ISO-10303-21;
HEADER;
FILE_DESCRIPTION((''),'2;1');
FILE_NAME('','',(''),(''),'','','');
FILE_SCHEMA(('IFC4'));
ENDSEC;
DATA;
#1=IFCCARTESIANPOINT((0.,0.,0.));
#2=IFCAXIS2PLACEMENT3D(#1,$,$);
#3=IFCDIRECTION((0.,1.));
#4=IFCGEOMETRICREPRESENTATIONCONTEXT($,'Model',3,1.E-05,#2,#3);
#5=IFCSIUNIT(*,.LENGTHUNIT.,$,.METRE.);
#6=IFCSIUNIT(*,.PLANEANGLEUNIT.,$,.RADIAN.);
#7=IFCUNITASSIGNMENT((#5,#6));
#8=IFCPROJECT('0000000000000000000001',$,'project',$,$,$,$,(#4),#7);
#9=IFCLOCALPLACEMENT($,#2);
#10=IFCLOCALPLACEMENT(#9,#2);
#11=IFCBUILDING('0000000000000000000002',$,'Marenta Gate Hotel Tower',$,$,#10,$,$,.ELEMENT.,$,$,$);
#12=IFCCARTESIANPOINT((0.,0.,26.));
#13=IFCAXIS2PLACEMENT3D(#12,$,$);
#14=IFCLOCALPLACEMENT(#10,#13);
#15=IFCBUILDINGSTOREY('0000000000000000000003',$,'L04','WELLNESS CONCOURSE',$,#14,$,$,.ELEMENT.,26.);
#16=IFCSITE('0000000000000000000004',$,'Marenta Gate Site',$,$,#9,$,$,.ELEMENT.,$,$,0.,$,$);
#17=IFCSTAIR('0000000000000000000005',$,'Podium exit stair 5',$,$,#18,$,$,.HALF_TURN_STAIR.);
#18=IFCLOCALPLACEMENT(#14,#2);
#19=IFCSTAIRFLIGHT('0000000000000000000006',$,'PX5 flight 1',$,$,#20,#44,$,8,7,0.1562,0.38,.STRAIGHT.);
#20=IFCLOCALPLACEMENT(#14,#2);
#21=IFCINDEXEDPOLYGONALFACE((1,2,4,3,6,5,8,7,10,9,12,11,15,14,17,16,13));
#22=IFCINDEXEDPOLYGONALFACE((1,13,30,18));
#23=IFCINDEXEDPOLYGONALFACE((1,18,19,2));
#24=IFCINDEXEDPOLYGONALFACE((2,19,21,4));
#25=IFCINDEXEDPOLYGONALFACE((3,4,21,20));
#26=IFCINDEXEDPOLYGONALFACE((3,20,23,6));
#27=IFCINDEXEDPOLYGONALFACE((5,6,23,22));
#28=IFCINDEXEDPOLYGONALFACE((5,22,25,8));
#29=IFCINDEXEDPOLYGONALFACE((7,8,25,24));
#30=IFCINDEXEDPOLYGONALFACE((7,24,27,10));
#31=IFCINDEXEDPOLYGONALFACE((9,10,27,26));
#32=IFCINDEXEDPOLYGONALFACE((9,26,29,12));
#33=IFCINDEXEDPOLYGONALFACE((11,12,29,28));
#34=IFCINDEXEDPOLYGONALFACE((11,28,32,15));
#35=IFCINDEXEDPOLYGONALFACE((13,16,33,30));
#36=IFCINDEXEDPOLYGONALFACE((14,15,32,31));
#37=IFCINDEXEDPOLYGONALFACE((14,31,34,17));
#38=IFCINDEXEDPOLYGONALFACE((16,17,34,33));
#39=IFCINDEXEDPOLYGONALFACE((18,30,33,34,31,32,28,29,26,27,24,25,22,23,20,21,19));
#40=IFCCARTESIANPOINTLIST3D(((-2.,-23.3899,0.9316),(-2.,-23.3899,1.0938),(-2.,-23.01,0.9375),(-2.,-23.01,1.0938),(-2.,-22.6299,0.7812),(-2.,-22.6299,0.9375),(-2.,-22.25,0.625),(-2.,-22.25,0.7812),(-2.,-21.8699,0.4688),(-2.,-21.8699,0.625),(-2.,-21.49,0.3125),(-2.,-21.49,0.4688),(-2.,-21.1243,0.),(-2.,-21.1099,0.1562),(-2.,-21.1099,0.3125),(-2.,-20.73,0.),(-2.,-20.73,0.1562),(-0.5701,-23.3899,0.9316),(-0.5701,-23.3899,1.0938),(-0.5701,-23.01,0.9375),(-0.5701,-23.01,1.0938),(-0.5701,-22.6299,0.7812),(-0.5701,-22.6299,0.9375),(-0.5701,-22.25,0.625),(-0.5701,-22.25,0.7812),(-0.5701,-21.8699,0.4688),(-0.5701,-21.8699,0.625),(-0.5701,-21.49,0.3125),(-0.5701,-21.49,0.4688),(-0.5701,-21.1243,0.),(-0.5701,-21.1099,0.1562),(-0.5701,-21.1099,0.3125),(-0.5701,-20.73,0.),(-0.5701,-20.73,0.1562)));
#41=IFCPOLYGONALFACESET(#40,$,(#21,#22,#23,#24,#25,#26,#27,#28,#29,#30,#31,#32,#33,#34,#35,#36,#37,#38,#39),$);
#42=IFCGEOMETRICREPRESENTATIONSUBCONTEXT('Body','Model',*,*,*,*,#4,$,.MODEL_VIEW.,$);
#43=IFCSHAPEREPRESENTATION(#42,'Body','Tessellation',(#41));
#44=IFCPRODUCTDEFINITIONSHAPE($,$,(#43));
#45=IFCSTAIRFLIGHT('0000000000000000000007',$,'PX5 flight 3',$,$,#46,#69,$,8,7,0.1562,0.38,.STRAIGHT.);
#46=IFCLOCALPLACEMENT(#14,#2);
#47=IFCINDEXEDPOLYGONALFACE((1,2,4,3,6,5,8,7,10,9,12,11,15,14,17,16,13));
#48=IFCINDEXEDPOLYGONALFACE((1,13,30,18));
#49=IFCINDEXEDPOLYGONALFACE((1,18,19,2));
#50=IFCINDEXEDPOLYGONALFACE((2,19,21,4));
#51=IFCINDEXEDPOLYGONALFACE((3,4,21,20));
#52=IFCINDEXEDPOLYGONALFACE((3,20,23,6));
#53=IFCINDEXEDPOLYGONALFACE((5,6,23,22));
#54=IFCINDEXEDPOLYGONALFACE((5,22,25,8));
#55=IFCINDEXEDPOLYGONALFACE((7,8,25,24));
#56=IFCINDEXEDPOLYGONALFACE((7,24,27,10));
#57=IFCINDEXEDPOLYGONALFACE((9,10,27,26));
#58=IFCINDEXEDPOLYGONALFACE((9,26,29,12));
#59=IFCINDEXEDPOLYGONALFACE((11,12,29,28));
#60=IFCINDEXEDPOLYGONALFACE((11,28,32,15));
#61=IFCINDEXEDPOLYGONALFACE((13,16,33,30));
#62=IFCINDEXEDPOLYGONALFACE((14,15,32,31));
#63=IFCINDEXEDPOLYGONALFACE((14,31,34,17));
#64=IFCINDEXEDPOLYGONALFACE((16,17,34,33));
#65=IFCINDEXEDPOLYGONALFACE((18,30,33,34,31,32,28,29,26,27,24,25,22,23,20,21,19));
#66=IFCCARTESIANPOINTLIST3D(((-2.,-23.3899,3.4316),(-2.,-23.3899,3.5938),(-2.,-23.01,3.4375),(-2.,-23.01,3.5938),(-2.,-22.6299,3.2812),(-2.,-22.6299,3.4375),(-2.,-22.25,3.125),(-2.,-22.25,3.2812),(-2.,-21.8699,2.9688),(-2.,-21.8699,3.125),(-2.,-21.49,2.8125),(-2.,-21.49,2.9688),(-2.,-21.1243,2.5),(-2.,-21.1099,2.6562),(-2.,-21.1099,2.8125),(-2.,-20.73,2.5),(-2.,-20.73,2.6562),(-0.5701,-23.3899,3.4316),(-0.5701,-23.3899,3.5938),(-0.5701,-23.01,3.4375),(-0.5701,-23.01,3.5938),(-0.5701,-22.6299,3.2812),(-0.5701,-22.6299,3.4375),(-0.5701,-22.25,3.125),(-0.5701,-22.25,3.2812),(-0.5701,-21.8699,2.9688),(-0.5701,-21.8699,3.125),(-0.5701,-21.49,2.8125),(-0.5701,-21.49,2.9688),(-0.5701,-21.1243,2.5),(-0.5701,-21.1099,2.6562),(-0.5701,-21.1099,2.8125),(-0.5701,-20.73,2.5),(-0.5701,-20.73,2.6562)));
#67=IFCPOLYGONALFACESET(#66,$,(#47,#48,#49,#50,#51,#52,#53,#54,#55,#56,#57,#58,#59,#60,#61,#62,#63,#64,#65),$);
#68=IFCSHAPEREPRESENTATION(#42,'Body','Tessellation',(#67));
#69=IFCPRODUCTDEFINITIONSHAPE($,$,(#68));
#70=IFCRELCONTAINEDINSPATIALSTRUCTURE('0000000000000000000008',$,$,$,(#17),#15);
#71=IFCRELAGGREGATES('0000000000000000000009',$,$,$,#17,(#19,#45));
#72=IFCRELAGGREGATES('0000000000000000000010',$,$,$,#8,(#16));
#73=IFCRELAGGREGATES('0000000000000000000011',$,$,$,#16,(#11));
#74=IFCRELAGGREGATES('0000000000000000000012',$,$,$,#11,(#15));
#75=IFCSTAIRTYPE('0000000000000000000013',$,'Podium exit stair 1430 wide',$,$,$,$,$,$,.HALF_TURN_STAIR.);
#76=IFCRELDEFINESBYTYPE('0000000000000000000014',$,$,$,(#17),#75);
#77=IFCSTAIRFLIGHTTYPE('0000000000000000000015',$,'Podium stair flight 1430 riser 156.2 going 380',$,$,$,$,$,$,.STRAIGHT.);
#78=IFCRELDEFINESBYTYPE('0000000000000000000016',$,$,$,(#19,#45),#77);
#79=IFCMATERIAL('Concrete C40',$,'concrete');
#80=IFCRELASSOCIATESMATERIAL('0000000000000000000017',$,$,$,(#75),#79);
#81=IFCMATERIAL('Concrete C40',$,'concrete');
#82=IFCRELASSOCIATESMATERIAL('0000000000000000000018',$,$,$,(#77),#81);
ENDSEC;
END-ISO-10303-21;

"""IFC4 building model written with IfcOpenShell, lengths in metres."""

from ifc_helpers import new_model, si_unit, direction, frame, origin, place, context, subcontext, project, spatial, polyline, outline, extrude, material, type_object, element, aggregate, save


model = new_model("IFC4")

# Units and contexts
model_context = context("Model", 3, precision=1e-05, world=origin(), true_north=direction((0.0, 1.0)))
body_context = subcontext(model_context, "Body", "Model", "MODEL_VIEW")
ifc_project = project(units=[si_unit("LENGTHUNIT", "METRE"), si_unit("PLANEANGLEUNIT", "RADIAN")], contexts=[model_context])

# Site, building, storey
site_placement = place(None, origin())
site = spatial("IfcSite", under=ifc_project, at=site_placement, Name="Marenta Gate Site", CompositionType="ELEMENT", RefElevation=0.0)
building_placement = place(site_placement, origin())
building = spatial("IfcBuilding", under=site, at=building_placement, Name="Marenta Gate Hotel Tower", CompositionType="ELEMENT")
storey_placement = place(building_placement, frame((0.0, 0.0, 26.0)))
storey = spatial("IfcBuildingStorey", under=building, at=storey_placement, Name="L04", Description="WELLNESS CONCOURSE", CompositionType="ELEMENT", Elevation=26.0)

# Stair, stair flights
ifc_material_1 = material(Name="Concrete C40", Category="concrete")
stair_type = type_object("IfcStairType", Name="Podium exit stair 1430 wide", PredefinedType="HALF_TURN_STAIR", material=ifc_material_1)
stair_placement = place(storey_placement, origin())
stair = element("IfcStair", 1, at=stair_placement, inside=storey, type_object=stair_type, Name="Podium exit stair 5", PredefinedType="HALF_TURN_STAIR")
ifc_material_2 = material(Name="Concrete C40", Category="concrete")
stair_flight_type = type_object("IfcStairFlightType", Name="Podium stair flight 1430 riser 156.2 going 380", PredefinedType="STRAIGHT", material=ifc_material_2)
stair_flight_1_placement = place(storey_placement, frame((-1.2849, -20.73, 0.0), z_axis=(0.0, 0.0, 1.0), x_axis=(0.0, -1.0, 0.0)))
stair_flight_1 = element("IfcStairFlight", 2, at=stair_flight_1_placement, type_object=stair_flight_type, Name="PX5 flight 1", NumberOfRisers=8, NumberOfTreads=7, PredefinedType="STRAIGHT", RiserHeight=0.1562, TreadLength=0.38, context=body_context, shape_type="SweptSolid", body=[
    extrude(outline(polyline([(0.0, 0.0), (0.0, 0.1562), (0.3799, 0.1562), (0.3799, 0.3125), (0.76, 0.3125), (0.76, 0.4688), (1.1399, 0.4688), (1.1399, 0.625), (1.52, 0.625), (1.52, 0.7812), (1.8999, 0.7812), (1.8999, 0.9375), (2.28, 0.9375), (2.28, 1.0938), (2.6599, 1.0938), (2.6599, 1.25), (2.6599, 0.9316), (0.3943, 0.0), (0.0, 0.0)])), frame((0.0, 0.7148, 0.0), z_axis=(0.0, -1.0, 0.0), x_axis=(1.0, 0.0, 0.0)), (0.0, 0.0, 1.0), 1.4299),
])
stair_flight_2_placement = place(storey_placement, frame((-1.2849, -20.73, 2.5), z_axis=(0.0, 0.0, 1.0), x_axis=(0.0, -1.0, 0.0)))
stair_flight_2 = element("IfcStairFlight", 3, at=stair_flight_2_placement, type_object=stair_flight_type, Name="PX5 flight 3", NumberOfRisers=8, NumberOfTreads=7, PredefinedType="STRAIGHT", RiserHeight=0.1562, TreadLength=0.38, context=body_context, shape_type="SweptSolid", body=[
    extrude(outline(polyline([(0.0, 0.0), (0.0, 0.1562), (0.3799, 0.1562), (0.3799, 0.3125), (0.76, 0.3125), (0.76, 0.4688), (1.1399, 0.4688), (1.1399, 0.625), (1.52, 0.625), (1.52, 0.7812), (1.8999, 0.7812), (1.8999, 0.9375), (2.28, 0.9375), (2.28, 1.0938), (2.6599, 1.0938), (2.6599, 1.25), (2.6599, 0.9316), (0.3943, 0.0), (0.0, 0.0)])), frame((0.0, 0.7148, 0.0), z_axis=(0.0, -1.0, 0.0), x_axis=(1.0, 0.0, 0.0)), (0.0, 0.0, 1.0), 1.4299),
])
aggregate(stair, [stair_flight_1, stair_flight_2])

save(model, "model.ifc")
